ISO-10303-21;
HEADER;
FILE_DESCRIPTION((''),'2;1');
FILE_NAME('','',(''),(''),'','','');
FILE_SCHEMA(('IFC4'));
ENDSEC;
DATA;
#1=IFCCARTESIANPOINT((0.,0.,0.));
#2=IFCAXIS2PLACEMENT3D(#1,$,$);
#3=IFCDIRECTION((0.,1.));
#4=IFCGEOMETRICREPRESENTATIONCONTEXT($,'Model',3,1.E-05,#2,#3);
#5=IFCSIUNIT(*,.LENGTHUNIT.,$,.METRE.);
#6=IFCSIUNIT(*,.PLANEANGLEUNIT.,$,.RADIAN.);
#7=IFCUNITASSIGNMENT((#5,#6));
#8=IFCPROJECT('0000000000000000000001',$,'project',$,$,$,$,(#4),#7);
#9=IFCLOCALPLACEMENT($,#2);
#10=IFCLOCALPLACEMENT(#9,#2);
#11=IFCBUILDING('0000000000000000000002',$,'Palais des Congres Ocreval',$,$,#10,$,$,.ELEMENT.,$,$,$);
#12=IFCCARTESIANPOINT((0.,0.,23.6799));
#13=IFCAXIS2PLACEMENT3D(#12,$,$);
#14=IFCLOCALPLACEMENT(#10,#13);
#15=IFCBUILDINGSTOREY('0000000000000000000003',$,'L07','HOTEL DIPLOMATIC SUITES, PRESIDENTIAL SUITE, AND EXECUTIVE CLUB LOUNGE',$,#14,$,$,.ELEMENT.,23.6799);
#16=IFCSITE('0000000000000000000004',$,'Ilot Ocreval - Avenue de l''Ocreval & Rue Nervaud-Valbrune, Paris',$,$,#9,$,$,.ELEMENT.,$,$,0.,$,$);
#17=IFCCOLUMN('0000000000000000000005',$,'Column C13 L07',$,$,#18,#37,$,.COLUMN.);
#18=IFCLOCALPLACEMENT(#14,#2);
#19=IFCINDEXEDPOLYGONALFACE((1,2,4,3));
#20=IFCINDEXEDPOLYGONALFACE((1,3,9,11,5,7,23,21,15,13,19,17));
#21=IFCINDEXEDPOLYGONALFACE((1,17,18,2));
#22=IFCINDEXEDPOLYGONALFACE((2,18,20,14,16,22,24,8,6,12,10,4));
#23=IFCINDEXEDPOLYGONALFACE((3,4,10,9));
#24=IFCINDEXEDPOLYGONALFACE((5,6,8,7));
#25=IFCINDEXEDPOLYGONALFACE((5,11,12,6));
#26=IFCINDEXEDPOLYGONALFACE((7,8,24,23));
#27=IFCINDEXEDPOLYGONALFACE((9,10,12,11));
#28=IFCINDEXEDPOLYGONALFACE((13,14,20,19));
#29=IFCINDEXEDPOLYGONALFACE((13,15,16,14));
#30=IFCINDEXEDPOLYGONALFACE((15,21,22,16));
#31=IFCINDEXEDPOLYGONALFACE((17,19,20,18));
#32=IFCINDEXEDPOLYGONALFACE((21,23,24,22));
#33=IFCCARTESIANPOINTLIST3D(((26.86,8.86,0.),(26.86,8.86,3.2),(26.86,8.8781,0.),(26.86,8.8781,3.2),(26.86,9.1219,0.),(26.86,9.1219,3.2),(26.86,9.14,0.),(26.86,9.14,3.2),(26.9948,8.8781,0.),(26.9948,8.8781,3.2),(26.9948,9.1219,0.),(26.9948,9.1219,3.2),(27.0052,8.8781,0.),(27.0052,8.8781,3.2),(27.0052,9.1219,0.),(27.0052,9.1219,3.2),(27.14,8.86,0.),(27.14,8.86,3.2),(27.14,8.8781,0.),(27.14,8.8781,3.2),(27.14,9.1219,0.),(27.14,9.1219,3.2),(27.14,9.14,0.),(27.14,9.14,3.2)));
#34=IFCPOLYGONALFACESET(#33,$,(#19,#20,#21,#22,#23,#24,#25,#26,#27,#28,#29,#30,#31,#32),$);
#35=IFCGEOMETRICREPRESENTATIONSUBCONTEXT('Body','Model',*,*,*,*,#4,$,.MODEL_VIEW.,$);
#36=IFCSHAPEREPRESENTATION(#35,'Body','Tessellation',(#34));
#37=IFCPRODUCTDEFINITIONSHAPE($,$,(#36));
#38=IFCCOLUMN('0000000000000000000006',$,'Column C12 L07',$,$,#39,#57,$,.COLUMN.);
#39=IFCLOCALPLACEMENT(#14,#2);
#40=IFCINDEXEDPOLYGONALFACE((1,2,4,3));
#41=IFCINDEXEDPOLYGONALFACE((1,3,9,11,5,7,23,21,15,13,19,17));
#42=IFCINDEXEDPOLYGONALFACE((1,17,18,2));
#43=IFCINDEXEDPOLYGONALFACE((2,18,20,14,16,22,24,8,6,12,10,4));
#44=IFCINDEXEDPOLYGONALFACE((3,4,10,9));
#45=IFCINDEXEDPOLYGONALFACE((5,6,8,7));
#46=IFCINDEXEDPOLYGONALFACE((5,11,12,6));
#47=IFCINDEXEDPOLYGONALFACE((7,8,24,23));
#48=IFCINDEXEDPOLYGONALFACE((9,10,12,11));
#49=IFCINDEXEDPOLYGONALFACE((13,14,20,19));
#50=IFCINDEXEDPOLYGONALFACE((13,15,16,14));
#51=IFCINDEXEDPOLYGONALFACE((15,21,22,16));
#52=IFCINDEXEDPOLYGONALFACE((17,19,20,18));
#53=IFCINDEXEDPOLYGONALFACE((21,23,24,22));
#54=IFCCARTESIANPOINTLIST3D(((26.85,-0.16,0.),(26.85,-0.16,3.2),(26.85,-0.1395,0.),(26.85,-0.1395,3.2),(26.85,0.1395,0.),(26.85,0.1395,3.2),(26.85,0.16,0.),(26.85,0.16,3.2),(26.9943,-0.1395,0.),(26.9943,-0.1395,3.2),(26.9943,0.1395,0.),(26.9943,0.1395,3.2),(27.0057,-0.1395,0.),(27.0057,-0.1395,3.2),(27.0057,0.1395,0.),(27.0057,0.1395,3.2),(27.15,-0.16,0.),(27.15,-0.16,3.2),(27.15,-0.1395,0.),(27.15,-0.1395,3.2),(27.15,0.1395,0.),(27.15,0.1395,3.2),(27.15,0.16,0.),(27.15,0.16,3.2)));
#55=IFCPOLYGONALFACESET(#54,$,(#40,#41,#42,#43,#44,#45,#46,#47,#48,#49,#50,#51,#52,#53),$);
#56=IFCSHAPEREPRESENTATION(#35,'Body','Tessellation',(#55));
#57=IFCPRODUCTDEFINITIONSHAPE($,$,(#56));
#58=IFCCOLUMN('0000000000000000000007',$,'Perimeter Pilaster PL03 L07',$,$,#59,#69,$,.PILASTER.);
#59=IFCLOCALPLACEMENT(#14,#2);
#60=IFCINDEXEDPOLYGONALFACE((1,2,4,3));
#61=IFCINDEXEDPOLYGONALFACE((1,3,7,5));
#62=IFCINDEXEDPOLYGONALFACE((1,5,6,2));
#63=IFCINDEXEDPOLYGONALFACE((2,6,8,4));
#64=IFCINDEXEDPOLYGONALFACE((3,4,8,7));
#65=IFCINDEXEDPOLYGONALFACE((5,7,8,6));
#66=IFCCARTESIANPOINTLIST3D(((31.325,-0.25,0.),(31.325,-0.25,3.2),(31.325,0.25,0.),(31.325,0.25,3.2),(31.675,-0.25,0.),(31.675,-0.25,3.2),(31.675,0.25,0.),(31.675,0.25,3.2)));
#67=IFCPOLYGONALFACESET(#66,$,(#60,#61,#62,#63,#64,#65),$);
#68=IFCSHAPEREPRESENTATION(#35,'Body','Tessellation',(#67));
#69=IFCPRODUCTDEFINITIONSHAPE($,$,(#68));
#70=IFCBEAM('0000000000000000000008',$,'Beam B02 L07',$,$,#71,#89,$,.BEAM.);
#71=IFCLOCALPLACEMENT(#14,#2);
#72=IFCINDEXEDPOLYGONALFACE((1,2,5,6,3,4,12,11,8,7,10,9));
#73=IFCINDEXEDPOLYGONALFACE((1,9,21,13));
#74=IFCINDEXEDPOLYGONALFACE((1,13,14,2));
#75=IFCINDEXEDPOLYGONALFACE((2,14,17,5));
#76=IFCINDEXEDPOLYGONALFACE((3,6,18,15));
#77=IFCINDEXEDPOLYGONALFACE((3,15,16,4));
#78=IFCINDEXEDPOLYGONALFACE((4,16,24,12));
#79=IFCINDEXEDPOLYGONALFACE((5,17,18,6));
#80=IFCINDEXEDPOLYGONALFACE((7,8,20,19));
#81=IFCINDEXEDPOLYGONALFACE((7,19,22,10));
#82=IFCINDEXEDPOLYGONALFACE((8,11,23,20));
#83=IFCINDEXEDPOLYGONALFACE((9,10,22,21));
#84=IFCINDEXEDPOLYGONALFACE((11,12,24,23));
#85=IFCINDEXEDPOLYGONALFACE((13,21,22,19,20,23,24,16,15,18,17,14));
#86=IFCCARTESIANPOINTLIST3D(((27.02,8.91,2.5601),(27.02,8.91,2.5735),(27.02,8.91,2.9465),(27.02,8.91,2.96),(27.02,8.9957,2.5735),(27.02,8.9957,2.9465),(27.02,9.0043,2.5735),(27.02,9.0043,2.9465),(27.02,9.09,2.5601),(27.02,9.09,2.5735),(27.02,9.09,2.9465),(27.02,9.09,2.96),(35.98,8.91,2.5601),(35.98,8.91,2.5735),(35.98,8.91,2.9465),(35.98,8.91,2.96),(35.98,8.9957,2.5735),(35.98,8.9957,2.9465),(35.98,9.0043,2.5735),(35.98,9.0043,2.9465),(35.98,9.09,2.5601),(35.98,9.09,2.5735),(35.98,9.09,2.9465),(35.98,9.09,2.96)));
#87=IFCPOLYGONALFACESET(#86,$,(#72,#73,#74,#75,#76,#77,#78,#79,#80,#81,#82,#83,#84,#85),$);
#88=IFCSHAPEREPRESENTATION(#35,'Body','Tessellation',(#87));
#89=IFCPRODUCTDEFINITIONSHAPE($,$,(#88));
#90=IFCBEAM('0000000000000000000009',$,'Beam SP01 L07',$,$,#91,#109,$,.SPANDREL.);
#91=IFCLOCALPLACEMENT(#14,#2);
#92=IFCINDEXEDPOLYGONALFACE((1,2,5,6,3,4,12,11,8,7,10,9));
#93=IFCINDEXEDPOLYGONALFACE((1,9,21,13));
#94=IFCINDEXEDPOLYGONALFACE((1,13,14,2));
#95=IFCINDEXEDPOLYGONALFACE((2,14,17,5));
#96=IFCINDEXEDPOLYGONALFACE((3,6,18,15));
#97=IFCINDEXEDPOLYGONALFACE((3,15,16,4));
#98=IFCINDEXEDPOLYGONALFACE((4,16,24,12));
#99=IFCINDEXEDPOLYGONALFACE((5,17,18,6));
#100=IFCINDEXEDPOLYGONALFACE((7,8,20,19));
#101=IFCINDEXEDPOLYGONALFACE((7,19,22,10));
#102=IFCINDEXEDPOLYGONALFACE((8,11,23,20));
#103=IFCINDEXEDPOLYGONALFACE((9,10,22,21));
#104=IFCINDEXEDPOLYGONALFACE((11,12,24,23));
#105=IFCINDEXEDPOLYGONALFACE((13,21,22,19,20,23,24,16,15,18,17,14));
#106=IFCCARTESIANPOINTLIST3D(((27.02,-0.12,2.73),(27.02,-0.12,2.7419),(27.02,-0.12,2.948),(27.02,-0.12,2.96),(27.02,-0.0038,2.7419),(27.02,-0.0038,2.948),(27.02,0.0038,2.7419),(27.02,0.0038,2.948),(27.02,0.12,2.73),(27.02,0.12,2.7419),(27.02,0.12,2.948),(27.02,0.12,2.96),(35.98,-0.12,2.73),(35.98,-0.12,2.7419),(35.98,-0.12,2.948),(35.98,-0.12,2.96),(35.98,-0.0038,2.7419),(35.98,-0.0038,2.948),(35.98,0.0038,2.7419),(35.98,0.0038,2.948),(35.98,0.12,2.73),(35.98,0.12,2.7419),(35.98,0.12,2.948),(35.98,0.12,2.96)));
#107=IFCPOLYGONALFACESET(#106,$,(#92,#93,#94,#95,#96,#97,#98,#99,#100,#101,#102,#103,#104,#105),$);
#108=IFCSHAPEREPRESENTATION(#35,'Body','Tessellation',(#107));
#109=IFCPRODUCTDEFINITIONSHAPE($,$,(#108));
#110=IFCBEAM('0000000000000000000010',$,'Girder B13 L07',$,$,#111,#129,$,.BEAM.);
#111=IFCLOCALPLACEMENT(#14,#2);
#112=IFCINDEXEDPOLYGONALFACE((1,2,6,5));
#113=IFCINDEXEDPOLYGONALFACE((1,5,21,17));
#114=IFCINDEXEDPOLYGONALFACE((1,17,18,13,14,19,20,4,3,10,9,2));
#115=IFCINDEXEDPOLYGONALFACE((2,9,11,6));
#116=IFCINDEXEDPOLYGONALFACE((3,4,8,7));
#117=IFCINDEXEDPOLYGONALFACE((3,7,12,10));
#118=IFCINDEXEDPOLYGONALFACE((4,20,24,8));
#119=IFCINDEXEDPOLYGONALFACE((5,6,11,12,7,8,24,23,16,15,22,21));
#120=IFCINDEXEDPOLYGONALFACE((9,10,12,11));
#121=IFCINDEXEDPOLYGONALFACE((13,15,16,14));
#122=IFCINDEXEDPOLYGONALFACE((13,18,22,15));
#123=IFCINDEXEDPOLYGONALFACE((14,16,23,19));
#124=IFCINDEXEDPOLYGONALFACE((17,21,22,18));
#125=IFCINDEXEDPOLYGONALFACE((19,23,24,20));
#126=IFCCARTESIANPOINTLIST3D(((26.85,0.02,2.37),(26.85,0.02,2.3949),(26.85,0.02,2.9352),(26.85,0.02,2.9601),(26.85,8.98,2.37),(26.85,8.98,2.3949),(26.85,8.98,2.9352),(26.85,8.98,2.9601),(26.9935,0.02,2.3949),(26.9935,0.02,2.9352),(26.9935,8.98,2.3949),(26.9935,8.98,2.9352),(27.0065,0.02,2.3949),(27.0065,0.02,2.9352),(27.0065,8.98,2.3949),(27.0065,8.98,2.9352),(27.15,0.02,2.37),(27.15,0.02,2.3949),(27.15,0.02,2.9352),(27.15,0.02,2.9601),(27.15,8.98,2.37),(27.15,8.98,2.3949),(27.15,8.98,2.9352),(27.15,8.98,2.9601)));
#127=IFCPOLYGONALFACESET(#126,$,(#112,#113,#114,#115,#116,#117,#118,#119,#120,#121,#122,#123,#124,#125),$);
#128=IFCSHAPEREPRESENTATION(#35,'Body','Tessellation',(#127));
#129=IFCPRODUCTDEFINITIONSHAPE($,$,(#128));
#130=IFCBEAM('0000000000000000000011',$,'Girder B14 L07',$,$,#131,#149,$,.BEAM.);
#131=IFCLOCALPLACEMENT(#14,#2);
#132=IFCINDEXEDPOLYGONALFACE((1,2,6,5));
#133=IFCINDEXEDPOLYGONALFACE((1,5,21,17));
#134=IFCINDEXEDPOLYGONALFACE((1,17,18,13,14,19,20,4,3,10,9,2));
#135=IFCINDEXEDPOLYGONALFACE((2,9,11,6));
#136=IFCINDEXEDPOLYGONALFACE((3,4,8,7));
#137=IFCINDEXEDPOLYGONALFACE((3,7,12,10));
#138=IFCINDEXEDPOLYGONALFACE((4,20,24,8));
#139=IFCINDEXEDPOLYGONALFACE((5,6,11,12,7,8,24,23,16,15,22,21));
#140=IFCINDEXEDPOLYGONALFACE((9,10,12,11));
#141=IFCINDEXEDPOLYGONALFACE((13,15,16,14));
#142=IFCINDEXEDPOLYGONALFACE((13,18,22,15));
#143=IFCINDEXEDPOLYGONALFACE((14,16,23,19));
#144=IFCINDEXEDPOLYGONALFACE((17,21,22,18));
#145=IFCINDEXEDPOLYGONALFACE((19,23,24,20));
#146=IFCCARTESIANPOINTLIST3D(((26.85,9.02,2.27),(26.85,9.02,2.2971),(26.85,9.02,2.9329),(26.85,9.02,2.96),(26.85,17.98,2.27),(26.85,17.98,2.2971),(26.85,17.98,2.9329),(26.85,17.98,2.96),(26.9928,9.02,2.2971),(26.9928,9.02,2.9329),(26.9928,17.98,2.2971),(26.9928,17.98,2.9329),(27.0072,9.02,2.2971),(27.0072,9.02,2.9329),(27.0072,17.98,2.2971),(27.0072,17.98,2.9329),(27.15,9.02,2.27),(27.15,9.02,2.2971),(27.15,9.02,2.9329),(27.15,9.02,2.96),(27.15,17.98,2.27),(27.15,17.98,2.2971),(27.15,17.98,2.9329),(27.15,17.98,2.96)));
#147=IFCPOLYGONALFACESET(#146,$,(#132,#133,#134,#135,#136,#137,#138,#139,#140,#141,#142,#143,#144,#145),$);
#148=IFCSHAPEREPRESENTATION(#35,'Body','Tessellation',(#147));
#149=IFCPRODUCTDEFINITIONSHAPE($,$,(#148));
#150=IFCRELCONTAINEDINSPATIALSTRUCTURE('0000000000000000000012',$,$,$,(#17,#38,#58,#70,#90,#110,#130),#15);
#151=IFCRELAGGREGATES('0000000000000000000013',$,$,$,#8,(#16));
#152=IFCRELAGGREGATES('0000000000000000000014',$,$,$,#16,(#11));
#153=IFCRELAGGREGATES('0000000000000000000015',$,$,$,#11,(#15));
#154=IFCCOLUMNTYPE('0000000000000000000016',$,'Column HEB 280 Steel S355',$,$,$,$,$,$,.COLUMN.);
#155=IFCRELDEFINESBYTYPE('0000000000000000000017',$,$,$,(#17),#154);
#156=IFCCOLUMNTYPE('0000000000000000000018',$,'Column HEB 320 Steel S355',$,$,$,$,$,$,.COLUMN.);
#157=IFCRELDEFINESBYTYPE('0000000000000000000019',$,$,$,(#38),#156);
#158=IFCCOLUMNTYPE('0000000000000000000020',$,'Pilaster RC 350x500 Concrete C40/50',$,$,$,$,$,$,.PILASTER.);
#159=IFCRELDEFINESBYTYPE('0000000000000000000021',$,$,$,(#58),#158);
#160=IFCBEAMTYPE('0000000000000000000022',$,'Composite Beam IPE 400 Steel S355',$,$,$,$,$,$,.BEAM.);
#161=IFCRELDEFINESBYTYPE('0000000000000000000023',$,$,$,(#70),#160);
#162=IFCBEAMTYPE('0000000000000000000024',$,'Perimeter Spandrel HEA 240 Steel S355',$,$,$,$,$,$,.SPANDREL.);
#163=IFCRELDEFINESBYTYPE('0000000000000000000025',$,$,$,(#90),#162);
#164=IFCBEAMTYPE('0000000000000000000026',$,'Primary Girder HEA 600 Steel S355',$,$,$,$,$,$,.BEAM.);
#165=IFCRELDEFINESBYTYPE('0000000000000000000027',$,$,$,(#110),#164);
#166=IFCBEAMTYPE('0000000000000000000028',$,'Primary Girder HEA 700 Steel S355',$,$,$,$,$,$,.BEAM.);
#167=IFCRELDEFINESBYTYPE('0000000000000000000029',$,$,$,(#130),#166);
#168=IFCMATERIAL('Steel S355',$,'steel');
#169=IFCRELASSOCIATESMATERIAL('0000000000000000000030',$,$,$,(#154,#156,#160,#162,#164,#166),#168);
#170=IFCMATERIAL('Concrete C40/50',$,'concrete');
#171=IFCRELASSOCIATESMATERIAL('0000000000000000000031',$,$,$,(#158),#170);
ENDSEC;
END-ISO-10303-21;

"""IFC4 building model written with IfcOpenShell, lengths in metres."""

from ifc_helpers import new_model, si_unit, direction, frame, origin, origin_2d, place, context, subcontext, project, spatial, rectangle, i_section, extrude, material, material_profile, profile_set, type_object, element, save


model = new_model("IFC4")

# Units and contexts
model_context = context("Model", 3, precision=1e-05, world=origin(), true_north=direction((0.0, 1.0)))
body_context = subcontext(model_context, "Body", "Model", "MODEL_VIEW")
ifc_project = project(units=[si_unit("LENGTHUNIT", "METRE"), si_unit("PLANEANGLEUNIT", "RADIAN")], contexts=[model_context])

# Site, building, storey
site_placement = place(None, origin())
site = spatial("IfcSite", under=ifc_project, at=site_placement, Name="Ilot Ocreval - Avenue de l'Ocreval & Rue Nervaud-Valbrune, Paris", CompositionType="ELEMENT", RefElevation=0.0)
building_placement = place(site_placement, origin())
building = spatial("IfcBuilding", under=site, at=building_placement, Name="Palais des Congres Ocreval", CompositionType="ELEMENT")
storey_placement = place(building_placement, frame((0.0, 0.0, 23.6799)))
storey = spatial("IfcBuildingStorey", under=building, at=storey_placement, Name="L07", Description="HOTEL DIPLOMATIC SUITES, PRESIDENTIAL SUITE, AND EXECUTIVE CLUB LOUNGE", CompositionType="ELEMENT", Elevation=23.6799)

# Columns
ifc_material_1 = material(Name="Steel S355", Category="steel")
ifc_material_profile_1 = material_profile(ifc_material_1, i_section(OverallWidth=0.28, OverallDepth=0.28, WebThickness=0.0105, FlangeThickness=0.0181, at=origin_2d()), Name="HEB 280")
ifc_profile_set_1 = profile_set([ifc_material_profile_1], Name="Steel S355")
column_type_1 = type_object("IfcColumnType", Name="Column HEB 280 Steel S355", PredefinedType="COLUMN", material=ifc_profile_set_1)
column_1_placement = place(storey_placement, frame((27.0, 9.0, 0.0), z_axis=(0.0, 0.0, 1.0), x_axis=(1.0, 0.0, 0.0)))
element("IfcColumn", 1, at=column_1_placement, inside=storey, type_object=column_type_1, Name="Column C13 L07", PredefinedType="COLUMN", context=body_context, shape_type="SweptSolid", body=[
    extrude(i_section(OverallWidth=0.28, OverallDepth=0.28, WebThickness=0.0105, FlangeThickness=0.0181, at=origin_2d()), origin(), (0.0, 0.0, 1.0), 3.2),
])
ifc_material_profile_2 = material_profile(ifc_material_1, i_section(OverallWidth=0.3, OverallDepth=0.3201, WebThickness=0.0115, FlangeThickness=0.0205, at=origin_2d()), Name="HEB 320")
ifc_profile_set_2 = profile_set([ifc_material_profile_2], Name="Steel S355")
column_type_2 = type_object("IfcColumnType", Name="Column HEB 320 Steel S355", PredefinedType="COLUMN", material=ifc_profile_set_2)
column_2_placement = place(storey_placement, frame((27.0, 0.0, 0.0), z_axis=(0.0, 0.0, 1.0), x_axis=(1.0, 0.0, 0.0)))
element("IfcColumn", 2, at=column_2_placement, inside=storey, type_object=column_type_2, Name="Column C12 L07", PredefinedType="COLUMN", context=body_context, shape_type="SweptSolid", body=[
    extrude(i_section(OverallWidth=0.3, OverallDepth=0.3201, WebThickness=0.0115, FlangeThickness=0.0205, at=origin_2d()), origin(), (0.0, 0.0, 1.0), 3.2),
])
ifc_material_2 = material(Name="Concrete C40/50", Category="concrete")
ifc_material_profile_3 = material_profile(ifc_material_2, rectangle(XDim=0.3501, YDim=0.5, at=origin_2d()), Name="RC 350x500")
ifc_profile_set_3 = profile_set([ifc_material_profile_3], Name="Concrete C40/50")
column_type_3 = type_object("IfcColumnType", Name="Pilaster RC 350x500 Concrete C40/50", PredefinedType="PILASTER", material=ifc_profile_set_3)
column_3_placement = place(storey_placement, frame((31.5, 0.0, 0.0), z_axis=(0.0, 0.0, 1.0), x_axis=(1.0, 0.0, 0.0)))
element("IfcColumn", 3, at=column_3_placement, inside=storey, type_object=column_type_3, Name="Perimeter Pilaster PL03 L07", PredefinedType="PILASTER", context=body_context, shape_type="SweptSolid", body=[
    extrude(rectangle(XDim=0.3501, YDim=0.5, at=origin_2d()), origin(), (0.0, 0.0, 1.0), 3.2),
])

# Beams
ifc_material_profile_4 = material_profile(ifc_material_1, i_section(OverallWidth=0.1799, OverallDepth=0.3999, WebThickness=0.0085, FlangeThickness=0.0134, at=origin_2d()), Name="IPE 400")
ifc_profile_set_4 = profile_set([ifc_material_profile_4], Name="Steel S355")
beam_type_1 = type_object("IfcBeamType", Name="Composite Beam IPE 400 Steel S355", PredefinedType="BEAM", material=ifc_profile_set_4)
beam_1_placement = place(storey_placement, frame((27.02, 9.0, 2.76), z_axis=(1.0, 0.0, 0.0), x_axis=(0.0, 1.0, 0.0)))
element("IfcBeam", 4, at=beam_1_placement, inside=storey, type_object=beam_type_1, Name="Beam B02 L07", PredefinedType="BEAM", context=body_context, shape_type="SweptSolid", body=[
    extrude(i_section(OverallWidth=0.1799, OverallDepth=0.3999, WebThickness=0.0085, FlangeThickness=0.0134, at=origin_2d()), origin(), (0.0, 0.0, 1.0), 8.96),
])
ifc_material_profile_5 = material_profile(ifc_material_1, i_section(OverallWidth=0.24, OverallDepth=0.23, WebThickness=0.0076, FlangeThickness=0.012, at=origin_2d()), Name="HEA 240")
ifc_profile_set_5 = profile_set([ifc_material_profile_5], Name="Steel S355")
beam_type_2 = type_object("IfcBeamType", Name="Perimeter Spandrel HEA 240 Steel S355", PredefinedType="SPANDREL", material=ifc_profile_set_5)
beam_2_placement = place(storey_placement, frame((27.02, 0.0, 2.845), z_axis=(1.0, 0.0, 0.0), x_axis=(0.0, 1.0, 0.0)))
element("IfcBeam", 5, at=beam_2_placement, inside=storey, type_object=beam_type_2, Name="Beam SP01 L07", PredefinedType="SPANDREL", context=body_context, shape_type="SweptSolid", body=[
    extrude(i_section(OverallWidth=0.24, OverallDepth=0.23, WebThickness=0.0076, FlangeThickness=0.012, at=origin_2d()), origin(), (0.0, 0.0, 1.0), 8.96),
])
ifc_material_profile_6 = material_profile(ifc_material_1, i_section(OverallWidth=0.3, OverallDepth=0.5901, WebThickness=0.0129, FlangeThickness=0.0249, at=origin_2d()), Name="HEA 600")
ifc_profile_set_6 = profile_set([ifc_material_profile_6], Name="Steel S355")
beam_type_3 = type_object("IfcBeamType", Name="Primary Girder HEA 600 Steel S355", PredefinedType="BEAM", material=ifc_profile_set_6)
beam_3_placement = place(storey_placement, frame((27.0, 0.02, 2.665), z_axis=(0.0, 1.0, 0.0), x_axis=(-1.0, 0.0, 0.0)))
element("IfcBeam", 6, at=beam_3_placement, inside=storey, type_object=beam_type_3, Name="Girder B13 L07", PredefinedType="BEAM", context=body_context, shape_type="SweptSolid", body=[
    extrude(i_section(OverallWidth=0.3, OverallDepth=0.5901, WebThickness=0.0129, FlangeThickness=0.0249, at=origin_2d()), origin(), (0.0, 0.0, 1.0), 8.96),
])
ifc_material_profile_7 = material_profile(ifc_material_1, i_section(OverallWidth=0.3, OverallDepth=0.6899, WebThickness=0.0144, FlangeThickness=0.0271, at=origin_2d()), Name="HEA 700")
ifc_profile_set_7 = profile_set([ifc_material_profile_7], Name="Steel S355")
beam_type_4 = type_object("IfcBeamType", Name="Primary Girder HEA 700 Steel S355", PredefinedType="BEAM", material=ifc_profile_set_7)
beam_4_placement = place(storey_placement, frame((27.0, 9.02, 2.615), z_axis=(0.0, 1.0, 0.0), x_axis=(-1.0, 0.0, 0.0)))
element("IfcBeam", 7, at=beam_4_placement, inside=storey, type_object=beam_type_4, Name="Girder B14 L07", PredefinedType="BEAM", context=body_context, shape_type="SweptSolid", body=[
    extrude(i_section(OverallWidth=0.3, OverallDepth=0.6899, WebThickness=0.0144, FlangeThickness=0.0271, at=origin_2d()), origin(), (0.0, 0.0, 1.0), 8.96),
])

save(model, "model.ifc")
